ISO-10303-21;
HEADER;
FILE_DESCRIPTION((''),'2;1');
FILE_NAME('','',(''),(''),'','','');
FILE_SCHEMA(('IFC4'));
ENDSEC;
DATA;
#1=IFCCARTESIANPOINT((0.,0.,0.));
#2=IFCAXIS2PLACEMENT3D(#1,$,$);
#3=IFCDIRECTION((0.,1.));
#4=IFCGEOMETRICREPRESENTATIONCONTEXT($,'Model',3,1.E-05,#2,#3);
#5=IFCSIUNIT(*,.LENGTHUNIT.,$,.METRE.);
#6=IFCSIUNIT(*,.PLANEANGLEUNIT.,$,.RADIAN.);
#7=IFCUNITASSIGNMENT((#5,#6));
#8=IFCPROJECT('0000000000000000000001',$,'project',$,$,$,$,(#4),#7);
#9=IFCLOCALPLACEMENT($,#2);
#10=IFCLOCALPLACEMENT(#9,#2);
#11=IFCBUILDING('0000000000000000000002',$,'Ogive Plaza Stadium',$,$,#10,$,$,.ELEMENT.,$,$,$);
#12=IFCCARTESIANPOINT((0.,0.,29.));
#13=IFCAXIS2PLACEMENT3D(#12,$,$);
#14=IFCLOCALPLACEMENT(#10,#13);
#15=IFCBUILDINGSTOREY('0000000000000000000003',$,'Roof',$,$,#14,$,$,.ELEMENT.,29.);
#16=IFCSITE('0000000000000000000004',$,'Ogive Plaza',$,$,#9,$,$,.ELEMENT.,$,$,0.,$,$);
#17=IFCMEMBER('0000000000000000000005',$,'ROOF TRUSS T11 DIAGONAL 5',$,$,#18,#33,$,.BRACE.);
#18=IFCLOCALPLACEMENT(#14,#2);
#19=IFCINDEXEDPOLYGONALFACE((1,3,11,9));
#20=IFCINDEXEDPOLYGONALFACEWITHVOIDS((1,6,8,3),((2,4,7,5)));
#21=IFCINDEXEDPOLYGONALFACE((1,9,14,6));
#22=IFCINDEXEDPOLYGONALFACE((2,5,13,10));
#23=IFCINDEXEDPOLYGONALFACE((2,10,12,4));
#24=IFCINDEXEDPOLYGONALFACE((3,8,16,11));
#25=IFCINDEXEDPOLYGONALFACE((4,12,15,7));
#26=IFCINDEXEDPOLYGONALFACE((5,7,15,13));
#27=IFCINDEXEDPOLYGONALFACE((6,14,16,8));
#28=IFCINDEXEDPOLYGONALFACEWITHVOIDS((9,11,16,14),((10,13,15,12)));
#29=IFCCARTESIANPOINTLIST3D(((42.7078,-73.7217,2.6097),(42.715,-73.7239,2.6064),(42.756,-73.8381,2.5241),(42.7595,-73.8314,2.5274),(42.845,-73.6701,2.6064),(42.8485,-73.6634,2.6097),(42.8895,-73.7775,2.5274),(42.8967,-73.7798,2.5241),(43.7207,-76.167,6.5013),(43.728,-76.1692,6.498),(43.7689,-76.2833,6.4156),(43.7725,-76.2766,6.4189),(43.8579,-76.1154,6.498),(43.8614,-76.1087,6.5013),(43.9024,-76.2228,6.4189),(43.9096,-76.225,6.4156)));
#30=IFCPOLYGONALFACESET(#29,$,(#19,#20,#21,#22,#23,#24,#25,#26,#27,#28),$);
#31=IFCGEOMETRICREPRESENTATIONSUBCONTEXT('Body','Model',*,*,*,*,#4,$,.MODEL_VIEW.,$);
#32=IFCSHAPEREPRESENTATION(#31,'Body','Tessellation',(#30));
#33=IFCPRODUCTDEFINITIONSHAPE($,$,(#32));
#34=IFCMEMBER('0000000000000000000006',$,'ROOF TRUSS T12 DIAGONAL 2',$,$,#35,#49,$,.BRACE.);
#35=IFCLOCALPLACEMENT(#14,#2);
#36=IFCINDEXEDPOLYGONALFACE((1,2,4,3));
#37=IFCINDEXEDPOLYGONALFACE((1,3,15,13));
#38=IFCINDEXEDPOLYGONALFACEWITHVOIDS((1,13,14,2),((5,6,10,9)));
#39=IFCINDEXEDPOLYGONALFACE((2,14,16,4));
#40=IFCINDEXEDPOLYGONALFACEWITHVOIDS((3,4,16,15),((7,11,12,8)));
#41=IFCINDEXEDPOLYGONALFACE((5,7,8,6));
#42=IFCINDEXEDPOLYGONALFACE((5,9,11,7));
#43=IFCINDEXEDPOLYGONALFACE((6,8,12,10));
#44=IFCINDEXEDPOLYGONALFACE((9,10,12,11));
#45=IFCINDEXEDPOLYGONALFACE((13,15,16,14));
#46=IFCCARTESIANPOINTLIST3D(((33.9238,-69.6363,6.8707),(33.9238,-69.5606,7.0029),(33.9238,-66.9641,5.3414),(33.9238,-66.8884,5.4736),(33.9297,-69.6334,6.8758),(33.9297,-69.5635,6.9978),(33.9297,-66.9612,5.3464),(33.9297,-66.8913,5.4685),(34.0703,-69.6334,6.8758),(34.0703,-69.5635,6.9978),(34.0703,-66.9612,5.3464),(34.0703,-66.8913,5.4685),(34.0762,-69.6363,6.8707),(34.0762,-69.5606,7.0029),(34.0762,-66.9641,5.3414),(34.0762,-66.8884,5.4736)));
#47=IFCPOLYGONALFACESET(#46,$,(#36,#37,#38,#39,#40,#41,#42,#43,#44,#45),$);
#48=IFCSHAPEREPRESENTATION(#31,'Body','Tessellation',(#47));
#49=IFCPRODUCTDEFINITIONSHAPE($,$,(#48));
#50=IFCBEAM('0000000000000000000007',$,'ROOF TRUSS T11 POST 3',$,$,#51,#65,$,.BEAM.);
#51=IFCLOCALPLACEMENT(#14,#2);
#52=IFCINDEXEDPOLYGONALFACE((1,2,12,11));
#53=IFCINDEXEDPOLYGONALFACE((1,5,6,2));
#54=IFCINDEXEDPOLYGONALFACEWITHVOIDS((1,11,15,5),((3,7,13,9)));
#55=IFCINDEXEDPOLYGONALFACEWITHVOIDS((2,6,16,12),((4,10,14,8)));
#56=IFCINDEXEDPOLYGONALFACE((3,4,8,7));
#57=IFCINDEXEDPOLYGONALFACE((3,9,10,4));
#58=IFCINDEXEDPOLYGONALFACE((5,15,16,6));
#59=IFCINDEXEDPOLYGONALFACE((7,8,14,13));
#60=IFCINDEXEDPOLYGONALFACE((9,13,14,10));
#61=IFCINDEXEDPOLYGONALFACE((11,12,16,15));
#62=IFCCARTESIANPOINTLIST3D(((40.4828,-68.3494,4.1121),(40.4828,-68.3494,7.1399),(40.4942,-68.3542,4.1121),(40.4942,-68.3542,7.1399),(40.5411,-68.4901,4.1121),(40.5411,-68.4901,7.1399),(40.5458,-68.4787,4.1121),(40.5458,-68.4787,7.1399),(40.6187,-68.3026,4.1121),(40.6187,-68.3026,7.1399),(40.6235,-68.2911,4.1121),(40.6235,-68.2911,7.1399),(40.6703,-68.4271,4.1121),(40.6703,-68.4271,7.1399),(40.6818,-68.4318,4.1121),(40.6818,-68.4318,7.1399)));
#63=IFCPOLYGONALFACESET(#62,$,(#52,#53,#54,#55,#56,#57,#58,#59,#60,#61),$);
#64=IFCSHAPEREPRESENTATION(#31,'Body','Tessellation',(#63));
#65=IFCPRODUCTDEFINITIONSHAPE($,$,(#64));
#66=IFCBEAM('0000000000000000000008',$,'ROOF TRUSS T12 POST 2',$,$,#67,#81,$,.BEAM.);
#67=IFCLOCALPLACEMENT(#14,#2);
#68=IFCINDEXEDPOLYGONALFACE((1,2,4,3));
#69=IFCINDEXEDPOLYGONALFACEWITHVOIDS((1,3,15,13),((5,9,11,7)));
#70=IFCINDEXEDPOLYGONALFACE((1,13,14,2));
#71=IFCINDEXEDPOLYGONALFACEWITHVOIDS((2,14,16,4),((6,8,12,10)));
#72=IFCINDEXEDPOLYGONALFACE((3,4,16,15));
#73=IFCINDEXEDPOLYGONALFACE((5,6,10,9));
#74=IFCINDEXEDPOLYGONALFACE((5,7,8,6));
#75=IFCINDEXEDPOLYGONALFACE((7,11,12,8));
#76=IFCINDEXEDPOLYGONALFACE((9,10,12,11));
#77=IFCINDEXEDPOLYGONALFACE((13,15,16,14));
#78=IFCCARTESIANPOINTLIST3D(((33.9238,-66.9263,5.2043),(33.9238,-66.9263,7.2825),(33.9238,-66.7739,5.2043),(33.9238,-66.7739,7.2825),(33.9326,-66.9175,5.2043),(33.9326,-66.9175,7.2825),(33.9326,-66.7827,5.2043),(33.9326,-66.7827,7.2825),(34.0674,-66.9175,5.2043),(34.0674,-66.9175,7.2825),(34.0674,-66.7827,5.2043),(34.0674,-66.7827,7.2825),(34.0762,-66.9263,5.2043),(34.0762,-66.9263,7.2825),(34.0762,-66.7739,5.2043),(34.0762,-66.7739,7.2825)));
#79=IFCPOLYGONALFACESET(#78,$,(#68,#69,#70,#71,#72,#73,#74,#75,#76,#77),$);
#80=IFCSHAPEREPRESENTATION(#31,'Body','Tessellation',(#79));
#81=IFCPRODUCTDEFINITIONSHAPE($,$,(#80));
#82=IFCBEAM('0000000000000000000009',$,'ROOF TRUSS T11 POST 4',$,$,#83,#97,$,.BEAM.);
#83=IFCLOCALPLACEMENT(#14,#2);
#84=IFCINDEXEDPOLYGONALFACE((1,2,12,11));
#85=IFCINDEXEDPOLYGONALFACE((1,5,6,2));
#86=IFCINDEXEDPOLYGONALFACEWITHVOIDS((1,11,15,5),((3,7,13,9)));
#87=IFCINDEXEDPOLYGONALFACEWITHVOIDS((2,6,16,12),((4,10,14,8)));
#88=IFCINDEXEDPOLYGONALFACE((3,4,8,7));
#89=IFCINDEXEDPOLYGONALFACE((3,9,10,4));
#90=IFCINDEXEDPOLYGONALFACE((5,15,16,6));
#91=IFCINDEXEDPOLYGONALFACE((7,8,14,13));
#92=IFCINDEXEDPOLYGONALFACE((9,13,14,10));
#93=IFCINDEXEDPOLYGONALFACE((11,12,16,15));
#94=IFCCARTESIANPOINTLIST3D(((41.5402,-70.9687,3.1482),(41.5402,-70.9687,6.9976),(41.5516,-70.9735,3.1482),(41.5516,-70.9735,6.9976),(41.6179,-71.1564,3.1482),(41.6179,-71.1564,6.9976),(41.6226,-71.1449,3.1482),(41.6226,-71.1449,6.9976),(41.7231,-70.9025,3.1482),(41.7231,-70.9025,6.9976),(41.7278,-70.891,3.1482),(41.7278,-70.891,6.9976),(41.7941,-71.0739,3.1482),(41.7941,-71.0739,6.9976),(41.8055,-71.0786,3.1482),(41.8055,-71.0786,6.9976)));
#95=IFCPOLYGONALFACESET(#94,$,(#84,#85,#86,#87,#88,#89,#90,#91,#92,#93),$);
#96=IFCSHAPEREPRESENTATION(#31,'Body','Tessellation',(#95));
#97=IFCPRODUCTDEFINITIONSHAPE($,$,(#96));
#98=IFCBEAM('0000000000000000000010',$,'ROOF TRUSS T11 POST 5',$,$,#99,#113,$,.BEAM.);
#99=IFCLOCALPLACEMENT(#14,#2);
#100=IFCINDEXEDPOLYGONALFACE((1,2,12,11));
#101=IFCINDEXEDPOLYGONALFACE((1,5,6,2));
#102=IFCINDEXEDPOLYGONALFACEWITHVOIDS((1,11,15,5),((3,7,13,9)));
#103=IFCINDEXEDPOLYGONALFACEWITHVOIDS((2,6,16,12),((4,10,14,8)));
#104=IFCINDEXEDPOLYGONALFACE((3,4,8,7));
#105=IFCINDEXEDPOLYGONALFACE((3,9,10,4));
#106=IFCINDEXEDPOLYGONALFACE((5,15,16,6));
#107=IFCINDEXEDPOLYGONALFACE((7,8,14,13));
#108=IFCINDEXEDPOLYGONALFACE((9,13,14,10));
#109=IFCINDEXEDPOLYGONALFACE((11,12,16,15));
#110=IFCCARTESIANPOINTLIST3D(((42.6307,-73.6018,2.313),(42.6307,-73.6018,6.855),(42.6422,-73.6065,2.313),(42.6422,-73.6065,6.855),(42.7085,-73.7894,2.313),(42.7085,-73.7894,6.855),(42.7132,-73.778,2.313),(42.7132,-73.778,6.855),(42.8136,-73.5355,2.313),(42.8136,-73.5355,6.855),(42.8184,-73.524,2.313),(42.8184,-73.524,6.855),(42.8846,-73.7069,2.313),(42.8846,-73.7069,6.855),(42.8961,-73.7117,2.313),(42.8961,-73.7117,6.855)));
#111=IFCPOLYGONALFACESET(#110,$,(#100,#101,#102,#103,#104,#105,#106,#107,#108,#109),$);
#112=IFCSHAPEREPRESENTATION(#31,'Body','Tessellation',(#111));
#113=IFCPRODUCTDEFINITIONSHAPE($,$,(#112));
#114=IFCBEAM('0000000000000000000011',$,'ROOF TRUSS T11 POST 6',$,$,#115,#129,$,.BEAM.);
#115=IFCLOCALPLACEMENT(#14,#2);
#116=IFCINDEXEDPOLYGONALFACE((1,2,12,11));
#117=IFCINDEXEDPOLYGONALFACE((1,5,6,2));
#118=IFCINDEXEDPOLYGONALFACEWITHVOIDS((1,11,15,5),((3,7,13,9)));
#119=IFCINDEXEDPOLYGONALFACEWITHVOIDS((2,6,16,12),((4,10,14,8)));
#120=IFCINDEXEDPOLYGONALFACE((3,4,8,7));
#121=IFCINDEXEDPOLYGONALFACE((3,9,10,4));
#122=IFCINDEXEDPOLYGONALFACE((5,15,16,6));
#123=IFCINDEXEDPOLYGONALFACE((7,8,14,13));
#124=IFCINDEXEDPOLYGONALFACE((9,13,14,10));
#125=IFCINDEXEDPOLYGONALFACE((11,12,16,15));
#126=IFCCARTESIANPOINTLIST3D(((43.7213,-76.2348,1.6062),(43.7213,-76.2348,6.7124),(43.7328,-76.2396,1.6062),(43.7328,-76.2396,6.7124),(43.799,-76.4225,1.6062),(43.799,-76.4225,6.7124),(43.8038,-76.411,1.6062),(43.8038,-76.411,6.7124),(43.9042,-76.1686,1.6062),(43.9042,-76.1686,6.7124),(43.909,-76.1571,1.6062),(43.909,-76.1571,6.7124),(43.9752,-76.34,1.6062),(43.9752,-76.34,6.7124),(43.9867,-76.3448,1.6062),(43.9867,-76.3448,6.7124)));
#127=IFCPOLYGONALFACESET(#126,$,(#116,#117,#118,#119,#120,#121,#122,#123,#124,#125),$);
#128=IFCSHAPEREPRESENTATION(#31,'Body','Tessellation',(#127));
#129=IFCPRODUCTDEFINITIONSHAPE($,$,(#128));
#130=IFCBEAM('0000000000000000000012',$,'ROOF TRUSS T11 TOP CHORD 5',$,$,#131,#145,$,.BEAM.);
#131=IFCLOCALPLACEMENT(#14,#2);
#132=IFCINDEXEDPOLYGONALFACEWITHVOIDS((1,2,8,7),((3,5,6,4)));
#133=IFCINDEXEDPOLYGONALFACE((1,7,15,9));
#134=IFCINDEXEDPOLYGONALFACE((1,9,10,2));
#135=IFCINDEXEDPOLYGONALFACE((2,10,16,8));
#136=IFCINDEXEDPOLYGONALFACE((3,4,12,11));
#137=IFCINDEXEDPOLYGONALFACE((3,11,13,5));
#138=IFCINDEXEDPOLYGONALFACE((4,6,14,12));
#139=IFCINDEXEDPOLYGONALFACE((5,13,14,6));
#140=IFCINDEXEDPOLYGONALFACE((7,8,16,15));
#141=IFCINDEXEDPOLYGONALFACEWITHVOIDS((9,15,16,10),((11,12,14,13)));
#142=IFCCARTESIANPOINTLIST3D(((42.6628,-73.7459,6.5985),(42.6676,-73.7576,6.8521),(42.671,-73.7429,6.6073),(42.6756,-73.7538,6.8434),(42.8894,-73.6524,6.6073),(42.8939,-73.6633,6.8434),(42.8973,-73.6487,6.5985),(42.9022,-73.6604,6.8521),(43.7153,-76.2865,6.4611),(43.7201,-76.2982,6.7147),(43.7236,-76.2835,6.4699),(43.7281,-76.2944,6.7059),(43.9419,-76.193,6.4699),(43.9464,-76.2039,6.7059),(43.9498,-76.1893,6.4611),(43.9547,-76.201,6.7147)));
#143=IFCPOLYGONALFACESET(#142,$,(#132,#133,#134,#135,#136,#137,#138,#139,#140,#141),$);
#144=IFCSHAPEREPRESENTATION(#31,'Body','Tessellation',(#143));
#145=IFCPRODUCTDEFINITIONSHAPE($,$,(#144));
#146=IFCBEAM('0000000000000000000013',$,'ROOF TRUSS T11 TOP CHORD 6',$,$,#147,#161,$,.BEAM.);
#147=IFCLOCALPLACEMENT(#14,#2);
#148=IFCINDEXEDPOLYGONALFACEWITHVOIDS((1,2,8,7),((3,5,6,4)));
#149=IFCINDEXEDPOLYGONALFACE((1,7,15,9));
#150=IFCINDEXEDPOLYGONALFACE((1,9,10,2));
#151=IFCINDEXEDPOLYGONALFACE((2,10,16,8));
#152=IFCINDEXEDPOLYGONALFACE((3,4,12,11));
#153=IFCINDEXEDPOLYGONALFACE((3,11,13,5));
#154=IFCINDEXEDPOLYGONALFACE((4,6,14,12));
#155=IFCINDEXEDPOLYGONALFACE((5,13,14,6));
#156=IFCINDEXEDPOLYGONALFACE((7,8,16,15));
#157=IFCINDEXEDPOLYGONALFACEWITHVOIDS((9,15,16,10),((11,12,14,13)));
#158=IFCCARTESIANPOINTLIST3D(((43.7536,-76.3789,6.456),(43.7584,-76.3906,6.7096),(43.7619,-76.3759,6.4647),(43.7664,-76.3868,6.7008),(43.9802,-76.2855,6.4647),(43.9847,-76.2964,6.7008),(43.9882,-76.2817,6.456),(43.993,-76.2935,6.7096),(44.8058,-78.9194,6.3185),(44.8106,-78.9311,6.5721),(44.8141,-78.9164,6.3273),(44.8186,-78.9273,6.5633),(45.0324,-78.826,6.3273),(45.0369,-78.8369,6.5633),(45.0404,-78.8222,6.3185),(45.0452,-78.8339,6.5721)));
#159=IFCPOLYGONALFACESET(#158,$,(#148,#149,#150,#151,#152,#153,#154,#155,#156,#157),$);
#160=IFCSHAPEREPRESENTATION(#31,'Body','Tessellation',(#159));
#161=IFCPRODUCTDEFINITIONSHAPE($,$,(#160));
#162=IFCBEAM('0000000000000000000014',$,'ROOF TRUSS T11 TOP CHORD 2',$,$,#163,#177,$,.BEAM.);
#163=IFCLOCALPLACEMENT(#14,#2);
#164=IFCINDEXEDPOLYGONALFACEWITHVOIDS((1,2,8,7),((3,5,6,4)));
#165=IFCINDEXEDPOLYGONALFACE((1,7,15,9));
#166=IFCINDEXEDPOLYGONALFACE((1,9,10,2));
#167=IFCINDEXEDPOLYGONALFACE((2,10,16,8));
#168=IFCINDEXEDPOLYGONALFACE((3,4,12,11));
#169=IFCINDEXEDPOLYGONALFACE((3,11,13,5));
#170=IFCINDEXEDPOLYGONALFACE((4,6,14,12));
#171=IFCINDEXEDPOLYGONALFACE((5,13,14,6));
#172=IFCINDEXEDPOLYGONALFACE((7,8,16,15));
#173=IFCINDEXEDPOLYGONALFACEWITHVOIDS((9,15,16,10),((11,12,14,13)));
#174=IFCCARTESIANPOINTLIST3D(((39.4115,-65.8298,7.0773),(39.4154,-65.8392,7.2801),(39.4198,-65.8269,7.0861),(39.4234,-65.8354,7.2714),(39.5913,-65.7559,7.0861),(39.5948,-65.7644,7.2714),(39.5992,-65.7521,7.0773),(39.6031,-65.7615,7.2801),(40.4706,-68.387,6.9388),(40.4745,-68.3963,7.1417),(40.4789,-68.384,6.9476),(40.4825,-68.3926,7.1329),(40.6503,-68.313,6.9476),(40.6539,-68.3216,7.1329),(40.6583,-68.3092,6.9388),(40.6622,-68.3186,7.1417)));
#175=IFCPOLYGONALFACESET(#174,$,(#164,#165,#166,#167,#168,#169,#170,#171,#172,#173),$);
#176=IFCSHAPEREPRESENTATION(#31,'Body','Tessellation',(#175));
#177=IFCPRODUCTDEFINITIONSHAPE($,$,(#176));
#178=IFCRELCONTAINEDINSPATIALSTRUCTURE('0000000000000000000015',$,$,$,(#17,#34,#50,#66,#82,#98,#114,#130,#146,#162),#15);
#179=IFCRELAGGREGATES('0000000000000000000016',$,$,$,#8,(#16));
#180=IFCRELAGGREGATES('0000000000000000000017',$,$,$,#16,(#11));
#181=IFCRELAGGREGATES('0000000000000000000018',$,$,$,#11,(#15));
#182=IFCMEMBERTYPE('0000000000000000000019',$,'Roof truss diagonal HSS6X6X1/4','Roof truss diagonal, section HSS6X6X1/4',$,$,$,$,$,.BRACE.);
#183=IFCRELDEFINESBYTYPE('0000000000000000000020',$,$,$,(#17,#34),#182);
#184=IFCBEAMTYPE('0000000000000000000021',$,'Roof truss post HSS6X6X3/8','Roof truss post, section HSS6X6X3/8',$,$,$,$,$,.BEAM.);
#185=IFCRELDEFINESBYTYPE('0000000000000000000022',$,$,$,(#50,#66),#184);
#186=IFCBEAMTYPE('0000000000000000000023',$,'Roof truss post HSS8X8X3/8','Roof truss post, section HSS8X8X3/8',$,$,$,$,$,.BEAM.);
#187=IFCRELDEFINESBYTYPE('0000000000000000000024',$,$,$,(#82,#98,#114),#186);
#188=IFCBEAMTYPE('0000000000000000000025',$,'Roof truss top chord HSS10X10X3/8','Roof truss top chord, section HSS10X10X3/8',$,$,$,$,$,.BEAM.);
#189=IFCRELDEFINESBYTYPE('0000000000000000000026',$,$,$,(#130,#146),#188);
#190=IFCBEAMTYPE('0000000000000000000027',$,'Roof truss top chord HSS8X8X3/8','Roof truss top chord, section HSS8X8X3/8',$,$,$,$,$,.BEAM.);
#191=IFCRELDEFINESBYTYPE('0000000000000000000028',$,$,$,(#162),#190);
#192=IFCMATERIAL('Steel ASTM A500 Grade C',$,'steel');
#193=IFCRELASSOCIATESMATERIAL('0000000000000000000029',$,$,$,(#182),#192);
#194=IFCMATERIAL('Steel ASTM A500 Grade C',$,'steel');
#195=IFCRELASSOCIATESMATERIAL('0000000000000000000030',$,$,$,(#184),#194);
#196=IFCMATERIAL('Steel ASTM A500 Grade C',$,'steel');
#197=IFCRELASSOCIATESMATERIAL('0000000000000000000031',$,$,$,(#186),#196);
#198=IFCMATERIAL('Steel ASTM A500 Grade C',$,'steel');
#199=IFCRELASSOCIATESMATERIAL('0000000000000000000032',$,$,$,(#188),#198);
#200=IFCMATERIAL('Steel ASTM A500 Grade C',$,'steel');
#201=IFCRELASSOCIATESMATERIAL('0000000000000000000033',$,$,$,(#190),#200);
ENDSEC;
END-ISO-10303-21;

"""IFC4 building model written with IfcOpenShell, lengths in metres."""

from ifc_helpers import new_model, si_unit, direction, frame, origin, origin_2d, place, context, subcontext, project, spatial, hollow_rectangle, extrude, material, material_profile, profile_set, type_object, element, save


model = new_model("IFC4")

# Units and contexts
model_context = context("Model", 3, precision=1e-05, world=origin(), true_north=direction((0.0, 1.0)))
body_context = subcontext(model_context, "Body", "Model", "MODEL_VIEW")
ifc_project = project(units=[si_unit("LENGTHUNIT", "METRE"), si_unit("PLANEANGLEUNIT", "RADIAN")], contexts=[model_context])

# Site, building, storey
site_placement = place(None, origin())
site = spatial("IfcSite", under=ifc_project, at=site_placement, Name="Ogive Plaza", CompositionType="ELEMENT", RefElevation=0.0)
building_placement = place(site_placement, origin())
building = spatial("IfcBuilding", under=site, at=building_placement, Name="Ogive Plaza Stadium", CompositionType="ELEMENT")
storey_placement = place(building_placement, frame((0.0, 0.0, 29.0)))
storey = spatial("IfcBuildingStorey", under=building, at=storey_placement, Name="Roof", CompositionType="ELEMENT", Elevation=29.0)

# Members
ifc_material_1 = material(Name="Steel ASTM A500 Grade C", Category="steel")
ifc_material_profile_1 = material_profile(ifc_material_1, hollow_rectangle(XDim=0.1523, YDim=0.1523, WallThickness=0.0059, at=origin_2d()), Name="HSS6X6X1/4")
ifc_profile_set_1 = profile_set([ifc_material_profile_1], Name="Steel ASTM A500 Grade C")
member_type_1 = type_object("IfcMemberType", Name="Roof truss diagonal HSS6X6X1/4", Description="Roof truss diagonal, section HSS6X6X1/4", PredefinedType="BRACE", material=ifc_profile_set_1)
member_1_placement = place(storey_placement, frame((42.8022, -73.7507, 2.5669), z_axis=(0.215226, -0.519572, 0.826875), x_axis=(0.923872, 0.382702, 0.0)))
element("IfcMember", 1, at=member_1_placement, inside=storey, type_object=member_type_1, Name="ROOF TRUSS T11 DIAGONAL 5", PredefinedType="BRACE", context=body_context, shape_type="SweptSolid", body=[
    extrude(hollow_rectangle(XDim=0.1523, YDim=0.1523, WallThickness=0.0059, at=origin_2d()), origin(), (0.0, 0.0, 1.0), 4.7063),
])
member_2_placement = place(storey_placement, frame((34.0, -66.9263, 5.4075), z_axis=(0.0, -0.867911, 0.49672), x_axis=(1.0, 0.0, 0.0)))
element("IfcMember", 2, at=member_2_placement, inside=storey, type_object=member_type_1, Name="ROOF TRUSS T12 DIAGONAL 2", PredefinedType="BRACE", context=body_context, shape_type="SweptSolid", body=[
    extrude(hollow_rectangle(XDim=0.1523, YDim=0.1523, WallThickness=0.0059, at=origin_2d()), origin(), (0.0, 0.0, 1.0), 3.0789),
])

# Beams
ifc_material_2 = material(Name="Steel ASTM A500 Grade C", Category="steel")
ifc_material_profile_2 = material_profile(ifc_material_2, hollow_rectangle(XDim=0.1523, YDim=0.1523, WallThickness=0.0088, at=origin_2d()), Name="HSS6X6X3/8")
ifc_profile_set_2 = profile_set([ifc_material_profile_2], Name="Steel ASTM A500 Grade C")
beam_type_1 = type_object("IfcBeamType", Name="Roof truss post HSS6X6X3/8", Description="Roof truss post, section HSS6X6X3/8", PredefinedType="BEAM", material=ifc_profile_set_2)
beam_1_placement = place(storey_placement, frame((40.5823, -68.3906, 4.1121), z_axis=(0.0, 0.0, 1.0), x_axis=(0.92388, 0.382683, 0.0)))
element("IfcBeam", 3, at=beam_1_placement, inside=storey, type_object=beam_type_1, Name="ROOF TRUSS T11 POST 3", PredefinedType="BEAM", context=body_context, shape_type="SweptSolid", body=[
    extrude(hollow_rectangle(XDim=0.1523, YDim=0.1523, WallThickness=0.0088, at=origin_2d()), origin(), (0.0, 0.0, 1.0), 3.0278),
])
beam_2_placement = place(storey_placement, frame((34.0, -66.8501, 5.2043), z_axis=(0.0, 0.0, 1.0), x_axis=(1.0, 0.0, 0.0)))
element("IfcBeam", 4, at=beam_2_placement, inside=storey, type_object=beam_type_1, Name="ROOF TRUSS T12 POST 2", PredefinedType="BEAM", context=body_context, shape_type="SweptSolid", body=[
    extrude(hollow_rectangle(XDim=0.1523, YDim=0.1523, WallThickness=0.0088, at=origin_2d()), origin(), (0.0, 0.0, 1.0), 2.0781),
])
ifc_material_3 = material(Name="Steel ASTM A500 Grade C", Category="steel")
ifc_material_profile_3 = material_profile(ifc_material_3, hollow_rectangle(XDim=0.2031, YDim=0.2031, WallThickness=0.0088, at=origin_2d()), Name="HSS8X8X3/8")
ifc_profile_set_3 = profile_set([ifc_material_profile_3], Name="Steel ASTM A500 Grade C")
beam_type_2 = type_object("IfcBeamType", Name="Roof truss post HSS8X8X3/8", Description="Roof truss post, section HSS8X8X3/8", PredefinedType="BEAM", material=ifc_profile_set_3)
beam_3_placement = place(storey_placement, frame((41.6729, -71.0237, 3.1482), z_axis=(0.0, 0.0, 1.0), x_axis=(0.92388, 0.382683, 0.0)))
element("IfcBeam", 5, at=beam_3_placement, inside=storey, type_object=beam_type_2, Name="ROOF TRUSS T11 POST 4", PredefinedType="BEAM", context=body_context, shape_type="SweptSolid", body=[
    extrude(hollow_rectangle(XDim=0.2031, YDim=0.2031, WallThickness=0.0088, at=origin_2d()), origin(), (0.0, 0.0, 1.0), 3.8494),
])
beam_4_placement = place(storey_placement, frame((42.7634, -73.6567, 2.313), z_axis=(0.0, 0.0, 1.0), x_axis=(0.92388, 0.382683, 0.0)))
element("IfcBeam", 6, at=beam_4_placement, inside=storey, type_object=beam_type_2, Name="ROOF TRUSS T11 POST 5", PredefinedType="BEAM", context=body_context, shape_type="SweptSolid", body=[
    extrude(hollow_rectangle(XDim=0.2031, YDim=0.2031, WallThickness=0.0088, at=origin_2d()), origin(), (0.0, 0.0, 1.0), 4.542),
])
beam_5_placement = place(storey_placement, frame((43.854, -76.2898, 1.6062), z_axis=(0.0, 0.0, 1.0), x_axis=(0.92388, 0.382683, 0.0)))
element("IfcBeam", 7, at=beam_5_placement, inside=storey, type_object=beam_type_2, Name="ROOF TRUSS T11 POST 6", PredefinedType="BEAM", context=body_context, shape_type="SweptSolid", body=[
    extrude(hollow_rectangle(XDim=0.2031, YDim=0.2031, WallThickness=0.0088, at=origin_2d()), origin(), (0.0, 0.0, 1.0), 5.1062),
])
ifc_material_4 = material(Name="Steel ASTM A500 Grade C", Category="steel")
ifc_material_profile_4 = material_profile(ifc_material_4, hollow_rectangle(XDim=0.2539, YDim=0.2539, WallThickness=0.0088, at=origin_2d()), Name="HSS10X10X3/8")
ifc_profile_set_4 = profile_set([ifc_material_profile_4], Name="Steel ASTM A500 Grade C")
beam_type_3 = type_object("IfcBeamType", Name="Roof truss top chord HSS10X10X3/8", Description="Roof truss top chord, section HSS10X10X3/8", PredefinedType="BEAM", material=ifc_profile_set_4)
beam_6_placement = place(storey_placement, frame((42.7825, -73.7031, 6.7253), z_axis=(0.382259, -0.922706, -0.049922), x_axis=(0.923858, 0.382736, 0.0)))
element("IfcBeam", 8, at=beam_6_placement, inside=storey, type_object=beam_type_3, Name="ROOF TRUSS T11 TOP CHORD 5", PredefinedType="BEAM", context=body_context, shape_type="SweptSolid", body=[
    extrude(hollow_rectangle(XDim=0.2539, YDim=0.2539, WallThickness=0.0088, at=origin_2d()), origin(), (0.0, 0.0, 1.0), 2.7534),
])
beam_7_placement = place(storey_placement, frame((43.8733, -76.3362, 6.5828), z_axis=(0.382183, -0.922737, -0.049923), x_axis=(0.923889, 0.38266, 0.0)))
element("IfcBeam", 9, at=beam_7_placement, inside=storey, type_object=beam_type_3, Name="ROOF TRUSS T11 TOP CHORD 6", PredefinedType="BEAM", context=body_context, shape_type="SweptSolid", body=[
    extrude(hollow_rectangle(XDim=0.2539, YDim=0.2539, WallThickness=0.0088, at=origin_2d()), origin(), (0.0, 0.0, 1.0), 2.7532),
])
ifc_material_5 = material(Name="Steel ASTM A500 Grade C", Category="steel")
ifc_material_profile_5 = material_profile(ifc_material_5, hollow_rectangle(XDim=0.2031, YDim=0.2031, WallThickness=0.0088, at=origin_2d()), Name="HSS8X8X3/8")
ifc_profile_set_5 = profile_set([ifc_material_profile_5], Name="Steel ASTM A500 Grade C")
beam_type_4 = type_object("IfcBeamType", Name="Roof truss top chord HSS8X8X3/8", Description="Roof truss top chord, section HSS8X8X3/8", PredefinedType="BEAM", material=ifc_profile_set_5)
beam_8_placement = place(storey_placement, frame((39.5073, -65.7957, 7.1787), z_axis=(0.38217, -0.922741, -0.049952), x_axis=(0.923894, 0.382648, 0.0)))
element("IfcBeam", 10, at=beam_8_placement, inside=storey, type_object=beam_type_4, Name="ROOF TRUSS T11 TOP CHORD 2", PredefinedType="BEAM", context=body_context, shape_type="SweptSolid", body=[
    extrude(hollow_rectangle(XDim=0.2031, YDim=0.2031, WallThickness=0.0088, at=origin_2d()), origin(), (0.0, 0.0, 1.0), 2.7712),
])

save(model, "model.ifc")
